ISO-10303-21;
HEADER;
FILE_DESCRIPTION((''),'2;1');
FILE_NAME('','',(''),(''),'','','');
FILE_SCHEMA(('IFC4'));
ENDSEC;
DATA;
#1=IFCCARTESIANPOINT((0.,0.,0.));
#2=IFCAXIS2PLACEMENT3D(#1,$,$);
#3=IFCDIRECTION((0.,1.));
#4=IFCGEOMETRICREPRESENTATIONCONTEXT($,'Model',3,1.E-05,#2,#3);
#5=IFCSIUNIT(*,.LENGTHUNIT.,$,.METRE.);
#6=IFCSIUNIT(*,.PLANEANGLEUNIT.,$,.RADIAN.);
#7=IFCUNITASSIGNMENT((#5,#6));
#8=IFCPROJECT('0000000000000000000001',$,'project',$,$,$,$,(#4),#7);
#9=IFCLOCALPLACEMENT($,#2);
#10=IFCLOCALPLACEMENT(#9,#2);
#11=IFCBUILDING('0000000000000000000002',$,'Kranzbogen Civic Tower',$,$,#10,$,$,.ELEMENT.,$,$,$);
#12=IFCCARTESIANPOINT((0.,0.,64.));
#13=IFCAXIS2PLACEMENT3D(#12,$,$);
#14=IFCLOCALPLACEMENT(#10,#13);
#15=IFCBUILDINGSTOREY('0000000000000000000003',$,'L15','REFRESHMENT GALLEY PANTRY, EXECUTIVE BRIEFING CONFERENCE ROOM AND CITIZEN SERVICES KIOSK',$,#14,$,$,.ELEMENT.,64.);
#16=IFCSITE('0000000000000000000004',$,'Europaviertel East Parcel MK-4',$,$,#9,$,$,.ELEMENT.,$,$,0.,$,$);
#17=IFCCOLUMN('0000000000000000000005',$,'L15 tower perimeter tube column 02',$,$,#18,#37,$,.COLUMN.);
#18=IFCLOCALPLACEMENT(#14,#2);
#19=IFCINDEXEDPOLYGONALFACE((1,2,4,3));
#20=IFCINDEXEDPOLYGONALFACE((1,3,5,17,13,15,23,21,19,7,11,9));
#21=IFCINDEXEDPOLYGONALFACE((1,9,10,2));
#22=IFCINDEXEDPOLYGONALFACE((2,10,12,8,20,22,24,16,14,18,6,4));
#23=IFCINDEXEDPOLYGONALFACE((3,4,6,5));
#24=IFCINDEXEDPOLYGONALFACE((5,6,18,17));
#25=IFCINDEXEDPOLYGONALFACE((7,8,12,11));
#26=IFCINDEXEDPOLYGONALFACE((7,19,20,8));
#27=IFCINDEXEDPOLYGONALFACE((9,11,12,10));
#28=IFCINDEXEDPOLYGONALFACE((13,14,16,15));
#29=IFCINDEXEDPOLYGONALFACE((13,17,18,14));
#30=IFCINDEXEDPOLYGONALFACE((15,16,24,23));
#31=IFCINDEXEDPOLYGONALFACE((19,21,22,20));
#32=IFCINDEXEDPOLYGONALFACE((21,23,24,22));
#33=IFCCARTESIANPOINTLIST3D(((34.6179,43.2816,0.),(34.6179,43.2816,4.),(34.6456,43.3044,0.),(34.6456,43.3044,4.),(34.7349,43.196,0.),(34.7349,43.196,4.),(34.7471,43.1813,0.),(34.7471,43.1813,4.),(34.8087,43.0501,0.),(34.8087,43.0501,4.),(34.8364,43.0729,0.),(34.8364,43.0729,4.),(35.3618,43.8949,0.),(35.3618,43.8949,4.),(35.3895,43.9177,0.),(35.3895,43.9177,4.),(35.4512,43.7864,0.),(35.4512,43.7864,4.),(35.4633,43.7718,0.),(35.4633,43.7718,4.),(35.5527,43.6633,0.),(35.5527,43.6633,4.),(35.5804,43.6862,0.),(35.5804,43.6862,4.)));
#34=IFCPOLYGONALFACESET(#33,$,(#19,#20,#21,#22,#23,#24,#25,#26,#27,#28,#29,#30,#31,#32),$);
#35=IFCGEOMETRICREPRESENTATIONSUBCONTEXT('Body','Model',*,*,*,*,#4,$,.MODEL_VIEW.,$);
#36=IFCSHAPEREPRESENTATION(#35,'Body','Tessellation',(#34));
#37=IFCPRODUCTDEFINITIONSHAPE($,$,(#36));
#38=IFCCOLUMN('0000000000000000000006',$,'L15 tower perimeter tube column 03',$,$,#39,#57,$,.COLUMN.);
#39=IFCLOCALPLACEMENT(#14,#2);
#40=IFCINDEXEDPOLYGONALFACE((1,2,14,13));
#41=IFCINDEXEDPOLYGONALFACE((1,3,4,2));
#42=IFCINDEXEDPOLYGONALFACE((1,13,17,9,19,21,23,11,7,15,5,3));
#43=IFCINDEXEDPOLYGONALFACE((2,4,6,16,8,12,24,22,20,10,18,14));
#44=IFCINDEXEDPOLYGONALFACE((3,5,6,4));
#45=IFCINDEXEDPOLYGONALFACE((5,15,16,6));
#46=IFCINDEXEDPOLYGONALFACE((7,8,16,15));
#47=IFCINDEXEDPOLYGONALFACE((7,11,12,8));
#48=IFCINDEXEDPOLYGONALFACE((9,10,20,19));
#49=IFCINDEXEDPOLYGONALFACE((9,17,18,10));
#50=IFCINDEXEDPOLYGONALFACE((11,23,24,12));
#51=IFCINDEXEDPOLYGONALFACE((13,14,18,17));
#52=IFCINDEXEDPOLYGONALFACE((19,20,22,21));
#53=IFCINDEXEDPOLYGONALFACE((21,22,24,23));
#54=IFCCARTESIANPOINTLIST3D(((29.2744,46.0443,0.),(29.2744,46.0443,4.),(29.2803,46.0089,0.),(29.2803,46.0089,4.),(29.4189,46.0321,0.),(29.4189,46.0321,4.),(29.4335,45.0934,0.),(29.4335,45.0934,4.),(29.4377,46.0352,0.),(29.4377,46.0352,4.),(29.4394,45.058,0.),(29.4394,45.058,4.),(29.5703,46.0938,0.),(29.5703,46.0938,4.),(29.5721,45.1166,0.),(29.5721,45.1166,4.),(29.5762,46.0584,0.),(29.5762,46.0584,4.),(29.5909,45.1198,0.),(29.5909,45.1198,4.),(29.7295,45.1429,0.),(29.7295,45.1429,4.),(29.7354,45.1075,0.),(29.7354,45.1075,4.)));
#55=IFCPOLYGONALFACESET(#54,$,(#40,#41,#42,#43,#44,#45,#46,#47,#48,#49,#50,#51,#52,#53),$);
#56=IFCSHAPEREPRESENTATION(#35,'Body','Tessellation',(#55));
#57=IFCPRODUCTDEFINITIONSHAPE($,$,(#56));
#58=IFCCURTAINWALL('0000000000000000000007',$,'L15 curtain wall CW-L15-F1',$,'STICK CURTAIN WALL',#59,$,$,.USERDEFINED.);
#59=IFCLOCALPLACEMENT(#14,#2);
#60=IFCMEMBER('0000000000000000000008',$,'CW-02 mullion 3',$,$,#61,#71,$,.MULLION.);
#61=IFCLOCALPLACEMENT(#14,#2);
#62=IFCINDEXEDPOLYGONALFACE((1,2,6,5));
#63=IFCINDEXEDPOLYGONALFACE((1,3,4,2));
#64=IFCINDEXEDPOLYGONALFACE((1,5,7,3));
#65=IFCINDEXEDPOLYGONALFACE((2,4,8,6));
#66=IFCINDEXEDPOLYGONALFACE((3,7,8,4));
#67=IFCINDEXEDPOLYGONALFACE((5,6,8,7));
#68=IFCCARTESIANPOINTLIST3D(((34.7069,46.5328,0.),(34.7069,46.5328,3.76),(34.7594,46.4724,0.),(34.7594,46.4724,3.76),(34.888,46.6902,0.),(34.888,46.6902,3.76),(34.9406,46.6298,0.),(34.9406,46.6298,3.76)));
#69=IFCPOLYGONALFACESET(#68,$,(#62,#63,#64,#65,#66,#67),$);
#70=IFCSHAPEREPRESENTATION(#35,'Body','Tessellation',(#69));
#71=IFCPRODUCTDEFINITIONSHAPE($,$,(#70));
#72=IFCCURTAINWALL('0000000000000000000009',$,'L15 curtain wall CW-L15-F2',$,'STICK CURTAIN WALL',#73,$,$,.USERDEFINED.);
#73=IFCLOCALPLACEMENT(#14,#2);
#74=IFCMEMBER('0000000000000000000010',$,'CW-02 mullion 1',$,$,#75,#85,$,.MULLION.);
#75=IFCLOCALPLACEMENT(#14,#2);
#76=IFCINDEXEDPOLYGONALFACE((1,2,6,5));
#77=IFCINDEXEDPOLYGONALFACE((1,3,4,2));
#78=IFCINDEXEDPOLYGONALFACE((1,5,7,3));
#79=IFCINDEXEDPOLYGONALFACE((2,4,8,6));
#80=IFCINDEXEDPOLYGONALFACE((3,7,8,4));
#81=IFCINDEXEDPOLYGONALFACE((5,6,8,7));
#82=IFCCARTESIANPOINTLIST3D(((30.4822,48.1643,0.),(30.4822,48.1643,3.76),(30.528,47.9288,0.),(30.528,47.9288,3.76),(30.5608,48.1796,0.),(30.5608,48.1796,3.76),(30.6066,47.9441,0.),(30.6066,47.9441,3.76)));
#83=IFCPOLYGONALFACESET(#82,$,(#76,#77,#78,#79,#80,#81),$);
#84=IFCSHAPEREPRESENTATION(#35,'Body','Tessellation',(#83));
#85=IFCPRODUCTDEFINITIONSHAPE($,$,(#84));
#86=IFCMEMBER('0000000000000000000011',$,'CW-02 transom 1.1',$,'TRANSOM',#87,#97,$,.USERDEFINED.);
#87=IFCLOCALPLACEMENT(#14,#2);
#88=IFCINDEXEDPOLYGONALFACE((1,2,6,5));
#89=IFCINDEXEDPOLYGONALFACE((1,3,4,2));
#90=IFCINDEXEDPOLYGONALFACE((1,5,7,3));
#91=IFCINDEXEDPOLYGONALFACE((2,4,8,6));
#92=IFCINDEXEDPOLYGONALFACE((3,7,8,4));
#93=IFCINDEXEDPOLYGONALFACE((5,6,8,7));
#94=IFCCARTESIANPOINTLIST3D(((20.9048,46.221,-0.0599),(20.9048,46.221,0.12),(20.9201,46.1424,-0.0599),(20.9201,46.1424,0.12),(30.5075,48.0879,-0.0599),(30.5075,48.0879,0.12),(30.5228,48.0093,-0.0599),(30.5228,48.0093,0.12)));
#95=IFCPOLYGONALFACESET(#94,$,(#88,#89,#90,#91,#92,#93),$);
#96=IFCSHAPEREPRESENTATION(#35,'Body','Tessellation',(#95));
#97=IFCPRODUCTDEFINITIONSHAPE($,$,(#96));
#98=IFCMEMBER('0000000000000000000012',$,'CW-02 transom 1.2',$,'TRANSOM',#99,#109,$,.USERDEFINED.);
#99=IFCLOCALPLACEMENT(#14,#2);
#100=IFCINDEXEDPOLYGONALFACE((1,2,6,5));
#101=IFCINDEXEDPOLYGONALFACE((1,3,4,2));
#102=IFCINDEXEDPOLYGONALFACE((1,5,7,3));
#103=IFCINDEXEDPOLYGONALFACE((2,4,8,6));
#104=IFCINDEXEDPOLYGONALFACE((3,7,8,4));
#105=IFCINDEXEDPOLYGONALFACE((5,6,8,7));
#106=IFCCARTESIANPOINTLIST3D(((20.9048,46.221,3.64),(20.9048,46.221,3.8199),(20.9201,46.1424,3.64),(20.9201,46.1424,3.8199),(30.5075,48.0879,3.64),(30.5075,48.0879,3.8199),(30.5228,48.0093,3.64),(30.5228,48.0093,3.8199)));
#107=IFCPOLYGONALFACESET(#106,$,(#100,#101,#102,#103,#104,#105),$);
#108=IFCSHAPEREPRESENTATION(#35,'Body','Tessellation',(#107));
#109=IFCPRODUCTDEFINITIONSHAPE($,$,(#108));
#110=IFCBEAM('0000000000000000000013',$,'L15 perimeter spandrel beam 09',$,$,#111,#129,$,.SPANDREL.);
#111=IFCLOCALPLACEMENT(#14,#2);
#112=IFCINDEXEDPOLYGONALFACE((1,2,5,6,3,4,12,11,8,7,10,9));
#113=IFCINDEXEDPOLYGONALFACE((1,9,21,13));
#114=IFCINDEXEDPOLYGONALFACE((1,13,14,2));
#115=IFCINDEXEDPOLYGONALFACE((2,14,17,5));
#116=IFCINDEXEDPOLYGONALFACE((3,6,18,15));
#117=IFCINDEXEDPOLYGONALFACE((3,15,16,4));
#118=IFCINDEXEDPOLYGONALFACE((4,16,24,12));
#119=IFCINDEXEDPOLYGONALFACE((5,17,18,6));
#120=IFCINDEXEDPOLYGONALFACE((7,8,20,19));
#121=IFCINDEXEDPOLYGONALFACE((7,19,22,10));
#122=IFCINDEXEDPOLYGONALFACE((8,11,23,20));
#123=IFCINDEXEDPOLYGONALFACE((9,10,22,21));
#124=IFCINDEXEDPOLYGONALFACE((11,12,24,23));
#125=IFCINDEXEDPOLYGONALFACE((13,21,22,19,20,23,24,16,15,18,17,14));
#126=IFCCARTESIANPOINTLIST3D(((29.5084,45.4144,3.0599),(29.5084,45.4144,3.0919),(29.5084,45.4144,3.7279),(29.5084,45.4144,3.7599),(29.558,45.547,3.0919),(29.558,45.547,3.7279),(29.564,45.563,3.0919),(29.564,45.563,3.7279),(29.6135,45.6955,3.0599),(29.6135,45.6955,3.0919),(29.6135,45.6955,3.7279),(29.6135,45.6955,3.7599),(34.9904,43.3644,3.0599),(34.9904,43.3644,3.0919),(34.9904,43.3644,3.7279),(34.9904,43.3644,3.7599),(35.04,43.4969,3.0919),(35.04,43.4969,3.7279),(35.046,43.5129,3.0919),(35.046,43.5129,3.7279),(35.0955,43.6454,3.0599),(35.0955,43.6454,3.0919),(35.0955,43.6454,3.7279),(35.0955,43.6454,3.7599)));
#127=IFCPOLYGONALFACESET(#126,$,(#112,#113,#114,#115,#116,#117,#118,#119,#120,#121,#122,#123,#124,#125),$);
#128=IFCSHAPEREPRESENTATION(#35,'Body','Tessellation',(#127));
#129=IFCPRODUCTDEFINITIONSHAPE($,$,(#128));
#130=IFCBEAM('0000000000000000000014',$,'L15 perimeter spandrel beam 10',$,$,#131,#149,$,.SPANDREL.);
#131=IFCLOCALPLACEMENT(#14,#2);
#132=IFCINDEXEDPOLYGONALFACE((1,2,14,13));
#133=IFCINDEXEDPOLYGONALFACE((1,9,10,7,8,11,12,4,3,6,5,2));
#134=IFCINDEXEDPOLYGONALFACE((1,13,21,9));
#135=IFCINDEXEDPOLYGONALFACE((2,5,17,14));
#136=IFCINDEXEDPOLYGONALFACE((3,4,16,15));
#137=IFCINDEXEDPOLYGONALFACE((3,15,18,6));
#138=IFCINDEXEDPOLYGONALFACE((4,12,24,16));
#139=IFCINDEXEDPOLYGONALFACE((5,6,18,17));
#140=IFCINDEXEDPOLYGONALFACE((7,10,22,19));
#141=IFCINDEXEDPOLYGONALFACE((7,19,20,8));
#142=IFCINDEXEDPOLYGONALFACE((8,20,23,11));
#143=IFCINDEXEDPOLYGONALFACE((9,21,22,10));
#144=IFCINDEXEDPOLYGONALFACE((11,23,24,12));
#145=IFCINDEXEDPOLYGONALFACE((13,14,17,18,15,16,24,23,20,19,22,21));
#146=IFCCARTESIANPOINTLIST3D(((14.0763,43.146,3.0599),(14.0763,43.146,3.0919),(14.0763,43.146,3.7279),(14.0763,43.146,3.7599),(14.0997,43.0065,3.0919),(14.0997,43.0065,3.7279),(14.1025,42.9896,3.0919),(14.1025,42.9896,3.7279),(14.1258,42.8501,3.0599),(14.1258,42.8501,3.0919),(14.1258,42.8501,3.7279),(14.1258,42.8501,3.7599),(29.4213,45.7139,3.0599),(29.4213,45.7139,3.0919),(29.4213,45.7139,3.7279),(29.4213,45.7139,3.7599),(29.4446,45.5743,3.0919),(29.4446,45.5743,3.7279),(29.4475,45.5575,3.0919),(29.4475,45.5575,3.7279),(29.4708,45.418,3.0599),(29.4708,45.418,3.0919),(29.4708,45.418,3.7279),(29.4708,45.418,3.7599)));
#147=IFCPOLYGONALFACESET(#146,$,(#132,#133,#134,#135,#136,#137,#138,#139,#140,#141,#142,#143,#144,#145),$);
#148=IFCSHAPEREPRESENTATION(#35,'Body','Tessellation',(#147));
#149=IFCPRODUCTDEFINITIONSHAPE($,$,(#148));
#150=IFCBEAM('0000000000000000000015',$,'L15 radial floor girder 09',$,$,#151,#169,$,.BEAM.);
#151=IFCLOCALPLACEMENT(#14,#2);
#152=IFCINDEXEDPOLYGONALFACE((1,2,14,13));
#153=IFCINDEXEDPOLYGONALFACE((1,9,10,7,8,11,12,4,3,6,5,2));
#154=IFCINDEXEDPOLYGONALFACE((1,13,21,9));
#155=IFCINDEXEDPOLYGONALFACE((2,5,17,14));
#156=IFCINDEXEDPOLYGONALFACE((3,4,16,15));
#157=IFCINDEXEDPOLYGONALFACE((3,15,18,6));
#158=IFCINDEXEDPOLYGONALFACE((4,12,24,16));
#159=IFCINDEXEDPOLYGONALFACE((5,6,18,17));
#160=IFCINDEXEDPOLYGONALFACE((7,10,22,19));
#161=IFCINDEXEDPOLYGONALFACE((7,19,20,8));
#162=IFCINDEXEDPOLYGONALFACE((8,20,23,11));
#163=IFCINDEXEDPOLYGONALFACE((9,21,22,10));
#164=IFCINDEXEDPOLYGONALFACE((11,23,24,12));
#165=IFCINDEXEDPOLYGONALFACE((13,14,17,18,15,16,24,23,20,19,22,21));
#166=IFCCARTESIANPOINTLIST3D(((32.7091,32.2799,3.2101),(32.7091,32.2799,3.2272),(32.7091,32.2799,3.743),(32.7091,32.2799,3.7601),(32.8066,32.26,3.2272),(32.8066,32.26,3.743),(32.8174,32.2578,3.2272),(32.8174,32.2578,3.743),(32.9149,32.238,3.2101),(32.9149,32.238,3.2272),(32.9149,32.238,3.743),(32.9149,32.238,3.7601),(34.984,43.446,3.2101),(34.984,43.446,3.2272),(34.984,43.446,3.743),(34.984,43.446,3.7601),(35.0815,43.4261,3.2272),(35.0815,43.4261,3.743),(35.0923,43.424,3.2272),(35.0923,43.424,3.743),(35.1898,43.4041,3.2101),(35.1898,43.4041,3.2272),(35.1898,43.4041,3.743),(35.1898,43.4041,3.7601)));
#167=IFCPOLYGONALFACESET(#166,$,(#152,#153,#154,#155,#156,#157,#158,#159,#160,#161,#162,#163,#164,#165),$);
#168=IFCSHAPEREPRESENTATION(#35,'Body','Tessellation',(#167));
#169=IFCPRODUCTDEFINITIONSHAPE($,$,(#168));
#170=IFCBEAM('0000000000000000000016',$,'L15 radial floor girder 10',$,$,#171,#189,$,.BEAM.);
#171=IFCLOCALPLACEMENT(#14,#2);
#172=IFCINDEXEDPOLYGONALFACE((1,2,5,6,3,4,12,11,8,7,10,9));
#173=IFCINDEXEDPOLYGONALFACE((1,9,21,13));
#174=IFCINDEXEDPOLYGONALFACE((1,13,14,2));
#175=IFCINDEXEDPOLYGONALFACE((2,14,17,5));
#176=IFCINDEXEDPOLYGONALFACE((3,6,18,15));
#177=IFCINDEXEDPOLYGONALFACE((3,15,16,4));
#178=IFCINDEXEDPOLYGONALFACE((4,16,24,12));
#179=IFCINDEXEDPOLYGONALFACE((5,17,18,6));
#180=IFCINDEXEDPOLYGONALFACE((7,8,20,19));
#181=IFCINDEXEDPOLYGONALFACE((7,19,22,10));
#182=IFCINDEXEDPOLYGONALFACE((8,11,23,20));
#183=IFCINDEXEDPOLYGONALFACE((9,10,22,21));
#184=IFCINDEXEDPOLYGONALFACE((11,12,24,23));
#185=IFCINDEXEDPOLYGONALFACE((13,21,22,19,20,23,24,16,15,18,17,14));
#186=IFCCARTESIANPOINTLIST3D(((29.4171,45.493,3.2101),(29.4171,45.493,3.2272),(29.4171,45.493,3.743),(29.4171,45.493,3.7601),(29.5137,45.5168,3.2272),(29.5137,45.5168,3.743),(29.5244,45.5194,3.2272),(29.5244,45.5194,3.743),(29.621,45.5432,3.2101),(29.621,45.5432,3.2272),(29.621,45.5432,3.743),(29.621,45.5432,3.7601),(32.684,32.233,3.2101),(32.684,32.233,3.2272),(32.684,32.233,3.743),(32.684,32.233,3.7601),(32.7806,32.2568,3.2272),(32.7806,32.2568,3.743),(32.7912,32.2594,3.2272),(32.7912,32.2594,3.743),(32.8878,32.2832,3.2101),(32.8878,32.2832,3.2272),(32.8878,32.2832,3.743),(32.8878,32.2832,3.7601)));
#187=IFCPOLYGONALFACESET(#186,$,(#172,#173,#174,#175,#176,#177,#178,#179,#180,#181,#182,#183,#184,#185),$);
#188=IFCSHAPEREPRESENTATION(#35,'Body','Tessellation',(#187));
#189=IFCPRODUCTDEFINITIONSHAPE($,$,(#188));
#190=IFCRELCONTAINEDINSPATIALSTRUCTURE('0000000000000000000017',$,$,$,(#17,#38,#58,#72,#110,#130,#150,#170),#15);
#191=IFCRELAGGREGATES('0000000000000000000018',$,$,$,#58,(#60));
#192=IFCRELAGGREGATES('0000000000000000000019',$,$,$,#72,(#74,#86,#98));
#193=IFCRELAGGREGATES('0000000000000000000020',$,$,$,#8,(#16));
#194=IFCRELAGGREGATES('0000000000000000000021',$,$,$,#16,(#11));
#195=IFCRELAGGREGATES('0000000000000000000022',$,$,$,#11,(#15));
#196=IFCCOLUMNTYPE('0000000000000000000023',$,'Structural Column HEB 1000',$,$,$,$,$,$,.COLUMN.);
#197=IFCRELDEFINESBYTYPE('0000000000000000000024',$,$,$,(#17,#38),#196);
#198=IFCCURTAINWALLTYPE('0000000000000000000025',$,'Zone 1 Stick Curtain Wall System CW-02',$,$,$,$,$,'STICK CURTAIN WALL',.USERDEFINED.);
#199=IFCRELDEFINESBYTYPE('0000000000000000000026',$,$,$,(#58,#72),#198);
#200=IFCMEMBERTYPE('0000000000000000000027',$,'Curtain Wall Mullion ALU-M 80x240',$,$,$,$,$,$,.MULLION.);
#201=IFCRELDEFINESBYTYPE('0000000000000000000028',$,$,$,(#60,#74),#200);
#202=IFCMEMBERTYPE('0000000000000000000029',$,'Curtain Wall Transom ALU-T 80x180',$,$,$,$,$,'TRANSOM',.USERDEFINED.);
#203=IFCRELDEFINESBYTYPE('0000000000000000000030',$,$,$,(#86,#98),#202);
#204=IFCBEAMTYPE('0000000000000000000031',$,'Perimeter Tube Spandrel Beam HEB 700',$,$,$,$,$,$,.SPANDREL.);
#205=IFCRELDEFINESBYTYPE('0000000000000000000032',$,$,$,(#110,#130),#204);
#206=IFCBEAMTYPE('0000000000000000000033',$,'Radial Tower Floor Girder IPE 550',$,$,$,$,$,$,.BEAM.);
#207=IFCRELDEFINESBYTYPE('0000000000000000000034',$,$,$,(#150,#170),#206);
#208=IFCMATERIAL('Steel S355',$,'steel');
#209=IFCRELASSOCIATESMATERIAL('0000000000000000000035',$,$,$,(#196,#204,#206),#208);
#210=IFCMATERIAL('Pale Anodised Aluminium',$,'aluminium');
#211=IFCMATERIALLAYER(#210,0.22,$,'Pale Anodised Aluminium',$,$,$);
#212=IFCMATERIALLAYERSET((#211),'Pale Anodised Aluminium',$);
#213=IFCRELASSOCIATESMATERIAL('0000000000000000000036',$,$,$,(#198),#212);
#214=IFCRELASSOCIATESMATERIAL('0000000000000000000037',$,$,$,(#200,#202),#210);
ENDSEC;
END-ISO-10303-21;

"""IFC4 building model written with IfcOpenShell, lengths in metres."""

from ifc_helpers import new_model, si_unit, direction, frame, origin, origin_2d, place, context, subcontext, project, spatial, rectangle, i_section, extrude, material, layer, layer_set, material_profile, profile_set, type_object, element, aggregate, save


model = new_model("IFC4")

# Units and contexts
model_context = context("Model", 3, precision=1e-05, world=origin(), true_north=direction((0.0, 1.0)))
body_context = subcontext(model_context, "Body", "Model", "MODEL_VIEW")
ifc_project = project(units=[si_unit("LENGTHUNIT", "METRE"), si_unit("PLANEANGLEUNIT", "RADIAN")], contexts=[model_context])

# Site, building, storey
site_placement = place(None, origin())
site = spatial("IfcSite", under=ifc_project, at=site_placement, Name="Europaviertel East Parcel MK-4", CompositionType="ELEMENT", RefElevation=0.0)
building_placement = place(site_placement, origin())
building = spatial("IfcBuilding", under=site, at=building_placement, Name="Kranzbogen Civic Tower", CompositionType="ELEMENT")
storey_placement = place(building_placement, frame((0.0, 0.0, 64.0)))
storey = spatial("IfcBuildingStorey", under=building, at=storey_placement, Name="L15", Description="REFRESHMENT GALLEY PANTRY, EXECUTIVE BRIEFING CONFERENCE ROOM AND CITIZEN SERVICES KIOSK", CompositionType="ELEMENT", Elevation=64.0)

# Columns
ifc_material_1 = material(Name="Steel S355", Category="steel")
ifc_material_profile_1 = material_profile(ifc_material_1, i_section(OverallWidth=0.3, OverallDepth=1.0, WebThickness=0.019, FlangeThickness=0.0359, at=origin_2d()), Name="HEB 1000")
ifc_profile_set_1 = profile_set([ifc_material_profile_1], Name="Steel S355")
column_type = type_object("IfcColumnType", Name="Structural Column HEB 1000", PredefinedType="COLUMN", material=ifc_profile_set_1)
for number, where, z_axis, x_axis, name in (
    (1, (35.0991, 43.4839, 0.0), (0.0, 0.0, 1.0), (-0.636078, 0.771625, 0.0), "L15 tower perimeter tube column 02"),
    (2, (29.5049, 45.5759, 0.0), (0.0, 0.0, 1.0), (0.986286, 0.165048, 0.0), "L15 tower perimeter tube column 03"),
):
    element("IfcColumn", number, at=place(storey_placement, frame(where, z_axis=z_axis, x_axis=x_axis)), inside=storey, type_object=column_type, Name=name, PredefinedType="COLUMN", context=body_context, shape_type="SweptSolid", body=[
        extrude(i_section(OverallWidth=0.3, OverallDepth=1.0, WebThickness=0.019, FlangeThickness=0.0359, at=origin_2d()), origin(), (0.0, 0.0, 1.0), 4.0),
    ])

# Curtain wall, member
ifc_material_2 = material(Name="Pale Anodised Aluminium", Category="aluminium")
ifc_layer_1 = layer(ifc_material_2, 0.22, Name="Pale Anodised Aluminium")
ifc_layer_set_1 = layer_set([ifc_layer_1], Name="Pale Anodised Aluminium")
curtain_wall_type = type_object("IfcCurtainWallType", Name="Zone 1 Stick Curtain Wall System CW-02", ElementType="STICK CURTAIN WALL", PredefinedType="USERDEFINED", material=ifc_layer_set_1)
curtain_wall_1_placement = place(storey_placement, origin())
curtain_wall_1 = element("IfcCurtainWall", 3, at=curtain_wall_1_placement, inside=storey, type_object=curtain_wall_type, Name="L15 curtain wall CW-L15-F1", ObjectType="STICK CURTAIN WALL", PredefinedType="USERDEFINED")
ifc_material_profile_2 = material_profile(ifc_material_2, rectangle(XDim=0.0801, YDim=0.24, at=origin_2d()), Name="ALU-M 80x240")
ifc_profile_set_2 = profile_set([ifc_material_profile_2], Name="Pale Anodised Aluminium")
member_type_1 = type_object("IfcMemberType", Name="Curtain Wall Mullion ALU-M 80x240", PredefinedType="MULLION", material=ifc_profile_set_2)
member_1_placement = place(storey_placement, frame((34.8237, 46.5813, 0.0), z_axis=(0.0, 0.0, 1.0), x_axis=(-0.656056, 0.754712, 0.0)))
member_1 = element("IfcMember", 4, at=member_1_placement, type_object=member_type_1, Name="CW-02 mullion 3", PredefinedType="MULLION", context=body_context, shape_type="SweptSolid", body=[
    extrude(rectangle(XDim=0.0801, YDim=0.24, at=origin_2d()), origin(), (0.0, 0.0, 1.0), 3.76),
])
aggregate(curtain_wall_1, [member_1])

# Curtain wall, members
curtain_wall_2_placement = place(storey_placement, origin())
curtain_wall_2 = element("IfcCurtainWall", 5, at=curtain_wall_2_placement, inside=storey, type_object=curtain_wall_type, Name="L15 curtain wall CW-L15-F2", ObjectType="STICK CURTAIN WALL", PredefinedType="USERDEFINED")
member_2_placement = place(storey_placement, frame((30.5444, 48.0542, 0.0), z_axis=(0.0, 0.0, 1.0), x_axis=(-0.981622, -0.190834, 0.0)))
member_2 = element("IfcMember", 6, at=member_2_placement, type_object=member_type_1, Name="CW-02 mullion 1", PredefinedType="MULLION", context=body_context, shape_type="SweptSolid", body=[
    extrude(rectangle(XDim=0.0801, YDim=0.24, at=origin_2d()), origin(), (0.0, 0.0, 1.0), 3.76),
])
ifc_material_profile_3 = material_profile(ifc_material_2, rectangle(XDim=0.0801, YDim=0.1799, at=origin_2d()), Name="ALU-T 80x180")
ifc_profile_set_3 = profile_set([ifc_material_profile_3], Name="Pale Anodised Aluminium")
member_type_2 = type_object("IfcMemberType", Name="Curtain Wall Transom ALU-T 80x180", ElementType="TRANSOM", PredefinedType="USERDEFINED", material=ifc_profile_set_3)
member_3_placement = place(storey_placement, frame((30.5151, 48.0486, 0.03), z_axis=(-0.98162, -0.190844, 0.0), x_axis=(0.190844, -0.98162, 0.0)))
member_3 = element("IfcMember", 7, at=member_3_placement, type_object=member_type_2, Name="CW-02 transom 1.1", ObjectType="TRANSOM", PredefinedType="USERDEFINED", context=body_context, shape_type="SweptSolid", body=[
    extrude(rectangle(XDim=0.0801, YDim=0.1799, at=origin_2d()), origin(), (0.0, 0.0, 1.0), 9.7825),
])
member_4_placement = place(storey_placement, frame((30.5151, 48.0486, 3.73), z_axis=(-0.98162, -0.190844, 0.0), x_axis=(0.190844, -0.98162, 0.0)))
member_4 = element("IfcMember", 8, at=member_4_placement, type_object=member_type_2, Name="CW-02 transom 1.2", ObjectType="TRANSOM", PredefinedType="USERDEFINED", context=body_context, shape_type="SweptSolid", body=[
    extrude(rectangle(XDim=0.0801, YDim=0.1799, at=origin_2d()), origin(), (0.0, 0.0, 1.0), 9.7825),
])

# Beams
ifc_material_profile_4 = material_profile(ifc_material_1, i_section(OverallWidth=0.3, OverallDepth=0.7, WebThickness=0.0171, FlangeThickness=0.032, at=origin_2d()), Name="HEB 700")
ifc_profile_set_4 = profile_set([ifc_material_profile_4], Name="Steel S355")
beam_type_1 = type_object("IfcBeamType", Name="Perimeter Tube Spandrel Beam HEB 700", PredefinedType="SPANDREL", material=ifc_profile_set_4)
beam_1_placement = place(storey_placement, frame((35.043, 43.5049, 3.4099), z_axis=(-0.936648, 0.350273, 0.0), x_axis=(-0.350273, -0.936648, 0.0)))
element("IfcBeam", 9, at=beam_1_placement, inside=storey, type_object=beam_type_1, Name="L15 perimeter spandrel beam 09", PredefinedType="SPANDREL", context=body_context, shape_type="SweptSolid", body=[
    extrude(i_section(OverallWidth=0.3, OverallDepth=0.7, WebThickness=0.0171, FlangeThickness=0.032, at=origin_2d()), origin(), (0.0, 0.0, 1.0), 5.8528),
])
beam_2_placement = place(storey_placement, frame((29.446, 45.5659, 3.4099), z_axis=(-0.986286, -0.165048, 0.0), x_axis=(0.165048, -0.986286, 0.0)))
element("IfcBeam", 10, at=beam_2_placement, inside=storey, type_object=beam_type_1, Name="L15 perimeter spandrel beam 10", PredefinedType="SPANDREL", context=body_context, shape_type="SweptSolid", body=[
    extrude(i_section(OverallWidth=0.3, OverallDepth=0.7, WebThickness=0.0171, FlangeThickness=0.032, at=origin_2d()), origin(), (0.0, 0.0, 1.0), 15.5583),
])
ifc_material_profile_5 = material_profile(ifc_material_1, i_section(OverallWidth=0.21, OverallDepth=0.55, WebThickness=0.011, FlangeThickness=0.0171, at=origin_2d()), Name="IPE 550")
ifc_profile_set_5 = profile_set([ifc_material_profile_5], Name="Steel S355")
beam_type_2 = type_object("IfcBeamType", Name="Radial Tower Floor Girder IPE 550", PredefinedType="BEAM", material=ifc_profile_set_5)
beam_3_placement = place(storey_placement, frame((35.0869, 43.425, 3.4851), z_axis=(-0.199633, -0.979871, 0.0), x_axis=(0.979871, -0.199633, 0.0)))
element("IfcBeam", 11, at=beam_3_placement, inside=storey, type_object=beam_type_2, Name="L15 radial floor girder 09", PredefinedType="BEAM", context=body_context, shape_type="SweptSolid", body=[
    extrude(i_section(OverallWidth=0.21, OverallDepth=0.55, WebThickness=0.011, FlangeThickness=0.0171, at=origin_2d()), origin(), (0.0, 0.0, 1.0), 11.3955),
])
beam_4_placement = place(storey_placement, frame((29.519, 45.5181, 3.4851), z_axis=(0.239215, -0.970967, 0.0), x_axis=(0.970967, 0.239215, 0.0)))
element("IfcBeam", 12, at=beam_4_placement, inside=storey, type_object=beam_type_2, Name="L15 radial floor girder 10", PredefinedType="BEAM", context=body_context, shape_type="SweptSolid", body=[
    extrude(i_section(OverallWidth=0.21, OverallDepth=0.55, WebThickness=0.011, FlangeThickness=0.0171, at=origin_2d()), origin(), (0.0, 0.0, 1.0), 13.6565),
])

aggregate(curtain_wall_2, [member_2, member_3, member_4])

save(model, "model.ifc")
